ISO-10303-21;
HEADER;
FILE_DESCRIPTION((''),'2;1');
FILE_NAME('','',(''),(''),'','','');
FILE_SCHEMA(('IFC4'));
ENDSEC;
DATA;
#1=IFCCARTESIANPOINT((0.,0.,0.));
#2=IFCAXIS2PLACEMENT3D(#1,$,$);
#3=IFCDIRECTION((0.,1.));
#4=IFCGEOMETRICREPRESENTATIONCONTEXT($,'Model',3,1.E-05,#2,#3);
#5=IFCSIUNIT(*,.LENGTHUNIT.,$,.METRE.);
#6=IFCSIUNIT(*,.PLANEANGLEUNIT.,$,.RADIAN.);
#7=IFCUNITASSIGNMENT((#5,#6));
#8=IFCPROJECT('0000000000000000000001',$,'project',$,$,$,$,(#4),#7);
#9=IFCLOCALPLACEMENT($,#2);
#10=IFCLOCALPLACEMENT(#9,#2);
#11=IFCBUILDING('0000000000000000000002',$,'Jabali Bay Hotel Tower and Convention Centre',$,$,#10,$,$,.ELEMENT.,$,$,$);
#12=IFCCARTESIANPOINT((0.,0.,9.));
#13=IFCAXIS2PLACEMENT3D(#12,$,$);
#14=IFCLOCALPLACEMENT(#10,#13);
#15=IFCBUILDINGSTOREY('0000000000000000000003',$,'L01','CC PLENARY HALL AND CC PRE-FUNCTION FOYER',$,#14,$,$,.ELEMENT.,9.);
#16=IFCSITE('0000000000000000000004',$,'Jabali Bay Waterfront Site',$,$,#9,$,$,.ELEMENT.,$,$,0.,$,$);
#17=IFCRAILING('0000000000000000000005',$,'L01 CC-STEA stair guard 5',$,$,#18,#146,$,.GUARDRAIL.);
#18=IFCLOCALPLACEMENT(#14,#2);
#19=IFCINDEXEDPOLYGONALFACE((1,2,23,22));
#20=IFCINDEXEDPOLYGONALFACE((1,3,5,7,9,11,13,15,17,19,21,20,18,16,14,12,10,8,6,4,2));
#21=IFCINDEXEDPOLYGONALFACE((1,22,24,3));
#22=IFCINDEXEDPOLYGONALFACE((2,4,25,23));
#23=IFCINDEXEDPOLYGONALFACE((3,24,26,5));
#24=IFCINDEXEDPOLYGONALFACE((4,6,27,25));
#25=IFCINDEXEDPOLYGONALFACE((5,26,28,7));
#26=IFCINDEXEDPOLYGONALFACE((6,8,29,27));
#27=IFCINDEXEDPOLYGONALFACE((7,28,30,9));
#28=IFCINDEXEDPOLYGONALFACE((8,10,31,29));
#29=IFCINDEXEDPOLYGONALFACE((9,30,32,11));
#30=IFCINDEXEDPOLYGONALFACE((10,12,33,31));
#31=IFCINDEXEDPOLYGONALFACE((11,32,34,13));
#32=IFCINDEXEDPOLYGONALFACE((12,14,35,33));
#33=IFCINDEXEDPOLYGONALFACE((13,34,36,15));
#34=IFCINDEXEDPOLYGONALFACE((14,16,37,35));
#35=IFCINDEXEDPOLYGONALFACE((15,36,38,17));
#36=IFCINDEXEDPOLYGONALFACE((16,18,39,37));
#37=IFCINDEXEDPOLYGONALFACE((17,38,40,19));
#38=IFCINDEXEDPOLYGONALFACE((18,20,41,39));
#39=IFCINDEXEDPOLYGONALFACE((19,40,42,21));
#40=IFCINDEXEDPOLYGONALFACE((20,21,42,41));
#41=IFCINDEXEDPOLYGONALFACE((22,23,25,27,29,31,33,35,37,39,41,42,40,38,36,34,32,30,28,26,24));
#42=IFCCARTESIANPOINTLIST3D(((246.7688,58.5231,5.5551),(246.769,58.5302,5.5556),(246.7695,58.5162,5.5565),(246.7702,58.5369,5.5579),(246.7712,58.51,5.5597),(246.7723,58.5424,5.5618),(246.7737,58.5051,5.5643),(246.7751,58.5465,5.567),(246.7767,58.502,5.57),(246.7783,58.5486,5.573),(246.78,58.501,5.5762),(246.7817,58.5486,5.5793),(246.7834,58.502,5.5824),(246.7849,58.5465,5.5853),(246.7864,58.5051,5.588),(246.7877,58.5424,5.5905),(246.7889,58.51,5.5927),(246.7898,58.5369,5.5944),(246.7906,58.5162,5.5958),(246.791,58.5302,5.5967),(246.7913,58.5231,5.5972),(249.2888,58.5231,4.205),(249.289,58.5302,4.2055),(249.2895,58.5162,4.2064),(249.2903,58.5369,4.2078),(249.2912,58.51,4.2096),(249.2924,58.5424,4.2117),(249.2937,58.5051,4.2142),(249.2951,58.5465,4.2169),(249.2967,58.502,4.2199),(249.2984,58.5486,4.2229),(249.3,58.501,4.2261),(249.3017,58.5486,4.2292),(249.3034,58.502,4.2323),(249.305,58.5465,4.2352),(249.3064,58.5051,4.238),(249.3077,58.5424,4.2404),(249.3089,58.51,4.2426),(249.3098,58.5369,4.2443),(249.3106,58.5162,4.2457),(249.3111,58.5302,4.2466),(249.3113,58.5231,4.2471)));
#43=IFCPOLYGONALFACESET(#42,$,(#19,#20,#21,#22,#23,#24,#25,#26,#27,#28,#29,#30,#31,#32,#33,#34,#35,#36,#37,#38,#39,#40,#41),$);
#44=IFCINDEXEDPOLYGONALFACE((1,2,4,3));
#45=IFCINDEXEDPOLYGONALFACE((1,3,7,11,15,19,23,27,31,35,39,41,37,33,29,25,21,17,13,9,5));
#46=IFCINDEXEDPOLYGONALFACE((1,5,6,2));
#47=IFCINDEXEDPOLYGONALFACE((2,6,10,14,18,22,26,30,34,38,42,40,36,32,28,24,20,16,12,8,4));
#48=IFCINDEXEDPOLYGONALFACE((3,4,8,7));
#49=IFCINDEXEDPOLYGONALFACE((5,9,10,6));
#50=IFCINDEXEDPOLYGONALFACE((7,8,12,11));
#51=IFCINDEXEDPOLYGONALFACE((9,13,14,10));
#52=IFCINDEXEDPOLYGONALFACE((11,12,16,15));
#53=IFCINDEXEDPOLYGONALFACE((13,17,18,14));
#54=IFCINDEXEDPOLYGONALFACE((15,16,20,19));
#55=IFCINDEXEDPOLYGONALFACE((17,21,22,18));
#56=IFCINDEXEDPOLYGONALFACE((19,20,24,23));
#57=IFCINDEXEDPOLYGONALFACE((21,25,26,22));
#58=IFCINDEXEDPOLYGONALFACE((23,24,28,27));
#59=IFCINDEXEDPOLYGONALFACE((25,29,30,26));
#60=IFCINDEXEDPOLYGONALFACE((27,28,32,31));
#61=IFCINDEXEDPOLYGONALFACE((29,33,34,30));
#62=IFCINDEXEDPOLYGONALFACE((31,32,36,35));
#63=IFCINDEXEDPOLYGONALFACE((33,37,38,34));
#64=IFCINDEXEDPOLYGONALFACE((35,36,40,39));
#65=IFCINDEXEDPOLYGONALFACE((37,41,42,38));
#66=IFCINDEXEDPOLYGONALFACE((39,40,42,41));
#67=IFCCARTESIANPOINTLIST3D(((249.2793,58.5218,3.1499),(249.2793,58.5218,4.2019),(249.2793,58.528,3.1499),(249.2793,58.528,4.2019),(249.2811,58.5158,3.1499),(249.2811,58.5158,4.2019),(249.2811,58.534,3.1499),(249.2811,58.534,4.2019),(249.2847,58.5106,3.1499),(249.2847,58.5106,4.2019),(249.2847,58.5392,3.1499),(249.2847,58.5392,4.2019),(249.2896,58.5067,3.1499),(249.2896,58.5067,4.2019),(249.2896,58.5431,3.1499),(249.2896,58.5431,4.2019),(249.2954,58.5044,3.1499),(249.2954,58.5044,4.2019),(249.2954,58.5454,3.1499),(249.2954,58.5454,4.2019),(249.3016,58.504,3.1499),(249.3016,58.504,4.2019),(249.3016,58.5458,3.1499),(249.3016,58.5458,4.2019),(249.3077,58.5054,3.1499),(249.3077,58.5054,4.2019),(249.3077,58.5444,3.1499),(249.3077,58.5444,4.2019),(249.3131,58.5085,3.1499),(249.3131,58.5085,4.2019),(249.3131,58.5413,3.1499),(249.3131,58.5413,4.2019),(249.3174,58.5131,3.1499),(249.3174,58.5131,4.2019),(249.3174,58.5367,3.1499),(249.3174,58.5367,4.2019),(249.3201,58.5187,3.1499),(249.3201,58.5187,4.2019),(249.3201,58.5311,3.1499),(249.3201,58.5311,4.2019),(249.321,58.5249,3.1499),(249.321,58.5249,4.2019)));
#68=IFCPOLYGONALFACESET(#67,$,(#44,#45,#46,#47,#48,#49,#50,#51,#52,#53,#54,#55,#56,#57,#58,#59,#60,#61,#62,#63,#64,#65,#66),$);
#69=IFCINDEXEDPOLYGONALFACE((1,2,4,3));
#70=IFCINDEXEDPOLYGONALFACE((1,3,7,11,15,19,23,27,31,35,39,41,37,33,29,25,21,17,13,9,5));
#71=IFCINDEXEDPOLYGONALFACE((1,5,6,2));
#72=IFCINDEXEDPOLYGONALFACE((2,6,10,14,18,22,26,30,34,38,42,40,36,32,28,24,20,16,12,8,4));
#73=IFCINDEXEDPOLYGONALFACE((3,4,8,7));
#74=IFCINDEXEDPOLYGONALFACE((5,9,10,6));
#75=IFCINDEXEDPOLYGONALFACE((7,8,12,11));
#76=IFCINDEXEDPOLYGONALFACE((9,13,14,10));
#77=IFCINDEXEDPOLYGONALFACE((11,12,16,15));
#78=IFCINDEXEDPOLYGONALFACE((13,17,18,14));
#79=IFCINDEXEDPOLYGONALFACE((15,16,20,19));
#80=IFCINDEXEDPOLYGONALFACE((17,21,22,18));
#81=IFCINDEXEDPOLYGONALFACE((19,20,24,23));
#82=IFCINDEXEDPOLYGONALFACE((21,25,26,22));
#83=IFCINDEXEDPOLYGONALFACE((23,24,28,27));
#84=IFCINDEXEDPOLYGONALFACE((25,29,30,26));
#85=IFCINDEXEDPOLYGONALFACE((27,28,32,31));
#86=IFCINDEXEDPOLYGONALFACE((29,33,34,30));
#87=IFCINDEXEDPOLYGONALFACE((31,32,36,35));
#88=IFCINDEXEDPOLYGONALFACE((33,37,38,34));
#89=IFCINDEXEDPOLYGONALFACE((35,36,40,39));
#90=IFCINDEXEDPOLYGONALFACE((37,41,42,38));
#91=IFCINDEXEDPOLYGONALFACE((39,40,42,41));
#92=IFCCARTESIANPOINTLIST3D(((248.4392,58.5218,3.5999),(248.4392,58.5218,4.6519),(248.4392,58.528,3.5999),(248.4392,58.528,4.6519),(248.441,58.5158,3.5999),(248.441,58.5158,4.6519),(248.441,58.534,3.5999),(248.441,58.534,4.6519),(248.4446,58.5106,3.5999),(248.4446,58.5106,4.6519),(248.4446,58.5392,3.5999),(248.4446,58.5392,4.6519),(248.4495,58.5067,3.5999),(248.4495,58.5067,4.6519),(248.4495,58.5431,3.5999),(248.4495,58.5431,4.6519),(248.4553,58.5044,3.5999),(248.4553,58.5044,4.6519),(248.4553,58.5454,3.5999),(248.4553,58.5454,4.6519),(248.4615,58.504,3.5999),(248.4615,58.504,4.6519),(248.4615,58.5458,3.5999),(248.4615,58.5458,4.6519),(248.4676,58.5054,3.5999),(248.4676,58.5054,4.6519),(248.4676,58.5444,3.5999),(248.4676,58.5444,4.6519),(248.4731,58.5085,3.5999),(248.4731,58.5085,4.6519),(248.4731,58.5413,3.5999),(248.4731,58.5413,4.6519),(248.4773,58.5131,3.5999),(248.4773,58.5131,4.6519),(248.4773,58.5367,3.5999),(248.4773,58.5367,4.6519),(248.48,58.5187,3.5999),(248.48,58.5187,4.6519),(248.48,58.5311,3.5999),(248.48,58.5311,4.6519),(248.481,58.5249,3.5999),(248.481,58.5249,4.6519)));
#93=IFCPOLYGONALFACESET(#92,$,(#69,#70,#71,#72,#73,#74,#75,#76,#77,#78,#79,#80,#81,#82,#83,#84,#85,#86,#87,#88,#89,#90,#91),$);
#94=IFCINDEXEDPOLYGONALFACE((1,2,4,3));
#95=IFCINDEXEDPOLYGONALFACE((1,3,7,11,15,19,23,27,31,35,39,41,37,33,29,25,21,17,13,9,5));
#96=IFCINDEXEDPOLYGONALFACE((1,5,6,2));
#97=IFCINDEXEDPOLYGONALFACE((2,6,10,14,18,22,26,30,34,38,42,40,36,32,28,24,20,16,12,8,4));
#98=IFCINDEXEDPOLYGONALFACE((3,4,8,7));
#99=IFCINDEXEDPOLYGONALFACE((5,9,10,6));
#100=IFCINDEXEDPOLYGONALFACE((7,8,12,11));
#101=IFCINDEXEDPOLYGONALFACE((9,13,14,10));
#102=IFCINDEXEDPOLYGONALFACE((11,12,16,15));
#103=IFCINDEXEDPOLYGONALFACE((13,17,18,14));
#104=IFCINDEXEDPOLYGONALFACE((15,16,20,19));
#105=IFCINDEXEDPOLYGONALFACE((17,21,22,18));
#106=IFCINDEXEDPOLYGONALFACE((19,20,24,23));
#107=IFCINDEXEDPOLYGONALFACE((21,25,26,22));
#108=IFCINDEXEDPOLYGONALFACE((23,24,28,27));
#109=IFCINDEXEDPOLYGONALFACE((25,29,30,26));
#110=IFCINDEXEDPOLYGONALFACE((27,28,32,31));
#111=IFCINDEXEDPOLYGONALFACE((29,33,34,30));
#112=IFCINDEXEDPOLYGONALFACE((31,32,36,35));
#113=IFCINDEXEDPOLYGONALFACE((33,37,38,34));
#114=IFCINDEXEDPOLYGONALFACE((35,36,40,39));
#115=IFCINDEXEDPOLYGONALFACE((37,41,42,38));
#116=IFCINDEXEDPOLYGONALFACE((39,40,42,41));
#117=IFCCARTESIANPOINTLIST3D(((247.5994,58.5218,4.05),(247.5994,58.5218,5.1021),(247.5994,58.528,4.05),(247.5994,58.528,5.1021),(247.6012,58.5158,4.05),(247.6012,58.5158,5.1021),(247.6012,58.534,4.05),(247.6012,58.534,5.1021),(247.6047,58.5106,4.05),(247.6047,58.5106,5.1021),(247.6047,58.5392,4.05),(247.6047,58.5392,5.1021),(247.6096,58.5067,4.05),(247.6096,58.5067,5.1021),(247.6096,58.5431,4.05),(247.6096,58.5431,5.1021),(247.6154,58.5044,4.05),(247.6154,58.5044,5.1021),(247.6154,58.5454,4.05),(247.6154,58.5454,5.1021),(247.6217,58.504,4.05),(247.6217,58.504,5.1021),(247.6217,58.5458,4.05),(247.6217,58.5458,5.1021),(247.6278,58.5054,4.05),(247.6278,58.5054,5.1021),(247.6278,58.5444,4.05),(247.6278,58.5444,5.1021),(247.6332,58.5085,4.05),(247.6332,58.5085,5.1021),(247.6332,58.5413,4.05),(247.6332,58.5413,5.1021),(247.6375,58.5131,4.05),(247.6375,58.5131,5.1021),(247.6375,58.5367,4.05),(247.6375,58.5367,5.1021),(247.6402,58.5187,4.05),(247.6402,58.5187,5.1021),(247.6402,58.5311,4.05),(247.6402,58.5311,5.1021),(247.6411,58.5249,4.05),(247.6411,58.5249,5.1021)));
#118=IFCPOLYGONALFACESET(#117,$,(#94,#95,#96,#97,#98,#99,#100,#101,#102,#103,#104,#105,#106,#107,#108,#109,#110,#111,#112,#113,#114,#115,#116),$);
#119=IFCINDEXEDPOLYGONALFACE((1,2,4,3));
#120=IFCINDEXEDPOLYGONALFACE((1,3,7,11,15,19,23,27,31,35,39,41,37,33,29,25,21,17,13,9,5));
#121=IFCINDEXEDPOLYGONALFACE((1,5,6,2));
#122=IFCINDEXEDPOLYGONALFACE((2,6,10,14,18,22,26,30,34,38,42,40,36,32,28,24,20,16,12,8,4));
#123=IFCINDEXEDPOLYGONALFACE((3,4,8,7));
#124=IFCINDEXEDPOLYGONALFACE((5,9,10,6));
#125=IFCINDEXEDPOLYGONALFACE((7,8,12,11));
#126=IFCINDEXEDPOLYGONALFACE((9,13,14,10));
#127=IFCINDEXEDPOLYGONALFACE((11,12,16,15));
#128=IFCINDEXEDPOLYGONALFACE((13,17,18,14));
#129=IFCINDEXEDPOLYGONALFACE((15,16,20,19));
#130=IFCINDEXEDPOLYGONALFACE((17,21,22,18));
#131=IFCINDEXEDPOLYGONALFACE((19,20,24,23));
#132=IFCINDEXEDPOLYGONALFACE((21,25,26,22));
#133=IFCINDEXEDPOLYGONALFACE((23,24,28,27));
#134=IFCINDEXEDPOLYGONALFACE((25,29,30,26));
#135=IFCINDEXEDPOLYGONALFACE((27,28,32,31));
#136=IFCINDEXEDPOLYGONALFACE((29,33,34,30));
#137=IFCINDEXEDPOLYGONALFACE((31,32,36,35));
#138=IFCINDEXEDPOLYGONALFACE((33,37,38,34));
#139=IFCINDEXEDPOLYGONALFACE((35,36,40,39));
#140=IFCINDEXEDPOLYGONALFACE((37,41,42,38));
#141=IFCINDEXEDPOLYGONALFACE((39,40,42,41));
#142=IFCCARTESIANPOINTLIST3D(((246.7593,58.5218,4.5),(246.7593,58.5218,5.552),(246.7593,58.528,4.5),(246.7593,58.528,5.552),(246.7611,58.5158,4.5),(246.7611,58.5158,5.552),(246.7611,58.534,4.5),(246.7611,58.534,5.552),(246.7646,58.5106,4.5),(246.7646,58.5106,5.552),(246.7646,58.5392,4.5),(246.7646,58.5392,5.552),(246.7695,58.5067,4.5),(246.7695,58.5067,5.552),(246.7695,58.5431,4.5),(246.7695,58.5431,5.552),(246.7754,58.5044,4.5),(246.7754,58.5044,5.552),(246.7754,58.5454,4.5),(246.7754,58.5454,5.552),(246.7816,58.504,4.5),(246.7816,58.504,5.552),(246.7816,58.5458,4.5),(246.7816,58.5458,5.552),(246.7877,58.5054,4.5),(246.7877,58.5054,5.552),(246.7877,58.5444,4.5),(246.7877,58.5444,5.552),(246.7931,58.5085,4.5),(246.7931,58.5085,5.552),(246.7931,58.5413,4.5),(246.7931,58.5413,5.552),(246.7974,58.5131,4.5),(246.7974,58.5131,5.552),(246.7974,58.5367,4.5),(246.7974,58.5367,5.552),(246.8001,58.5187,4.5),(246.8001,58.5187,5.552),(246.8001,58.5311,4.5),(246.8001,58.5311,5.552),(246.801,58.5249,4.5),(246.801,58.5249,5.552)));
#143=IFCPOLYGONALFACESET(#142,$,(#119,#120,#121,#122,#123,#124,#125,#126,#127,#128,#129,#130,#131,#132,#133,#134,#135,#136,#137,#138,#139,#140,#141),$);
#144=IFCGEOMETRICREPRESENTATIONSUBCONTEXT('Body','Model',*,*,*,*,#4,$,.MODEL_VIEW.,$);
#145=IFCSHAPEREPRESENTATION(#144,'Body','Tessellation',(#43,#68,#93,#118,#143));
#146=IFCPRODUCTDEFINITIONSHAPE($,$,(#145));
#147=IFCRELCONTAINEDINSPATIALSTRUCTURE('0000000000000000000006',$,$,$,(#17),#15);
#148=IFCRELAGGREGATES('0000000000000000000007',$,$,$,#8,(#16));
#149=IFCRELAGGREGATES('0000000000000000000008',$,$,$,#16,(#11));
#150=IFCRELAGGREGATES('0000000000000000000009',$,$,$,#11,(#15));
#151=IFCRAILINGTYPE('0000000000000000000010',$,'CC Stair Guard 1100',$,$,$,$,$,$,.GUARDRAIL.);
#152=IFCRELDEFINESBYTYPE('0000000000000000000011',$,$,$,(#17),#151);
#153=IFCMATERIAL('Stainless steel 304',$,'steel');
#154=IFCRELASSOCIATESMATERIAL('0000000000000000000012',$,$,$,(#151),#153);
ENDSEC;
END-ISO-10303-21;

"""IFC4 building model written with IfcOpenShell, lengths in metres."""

from ifc_helpers import new_model, si_unit, direction, frame, origin, origin_2d, place, context, subcontext, project, spatial, circle, extrude, material, type_object, element, save


model = new_model("IFC4")

# Units and contexts
model_context = context("Model", 3, precision=1e-05, world=origin(), true_north=direction((0.0, 1.0)))
body_context = subcontext(model_context, "Body", "Model", "MODEL_VIEW")
ifc_project = project(units=[si_unit("LENGTHUNIT", "METRE"), si_unit("PLANEANGLEUNIT", "RADIAN")], contexts=[model_context])

# Site, building, storey
site_placement = place(None, origin())
site = spatial("IfcSite", under=ifc_project, at=site_placement, Name="Jabali Bay Waterfront Site", CompositionType="ELEMENT", RefElevation=0.0)
building_placement = place(site_placement, origin())
building = spatial("IfcBuilding", under=site, at=building_placement, Name="Jabali Bay Hotel Tower and Convention Centre", CompositionType="ELEMENT")
storey_placement = place(building_placement, frame((0.0, 0.0, 9.0)))
storey = spatial("IfcBuildingStorey", under=building, at=storey_placement, Name="L01", Description="CC PLENARY HALL AND CC PRE-FUNCTION FOYER", CompositionType="ELEMENT", Elevation=9.0)

# Railing
ifc_material_1 = material(Name="Stainless steel 304", Category="steel")
railing_type_1 = type_object("IfcRailingType", Name="CC Stair Guard 1100", PredefinedType="GUARDRAIL", material=ifc_material_1)
railing_1_placement = place(storey_placement, frame((249.3, 58.5249, 3.1499)))
element("IfcRailing", 1, at=railing_1_placement, inside=storey, type_object=railing_type_1, Name="L01 CC-STEA stair guard 5", PredefinedType="GUARDRAIL", context=body_context, shape_type="SweptSolid", body=[
    extrude(circle(Radius=0.0239, at=origin_2d()), frame((0.0, 0.0, 1.0762), z_axis=(-0.881467, 0.0, 0.472245), x_axis=(0.0, -1.0, 0.0)), (0.0, 0.0, 1.0), 2.8589),
    extrude(circle(Radius=0.021, at=origin_2d()), origin(), (0.0, 0.0, 1.0), 1.052),
    extrude(circle(Radius=0.021, at=origin_2d()), frame((-0.8401, 0.0, 0.45)), (0.0, 0.0, 1.0), 1.052),
    extrude(circle(Radius=0.021, at=origin_2d()), frame((-1.6799, 0.0, 0.9001)), (0.0, 0.0, 1.0), 1.052),
    extrude(circle(Radius=0.021, at=origin_2d()), frame((-2.52, 0.0, 1.3501)), (0.0, 0.0, 1.0), 1.052),
])

save(model, "model.ifc")
